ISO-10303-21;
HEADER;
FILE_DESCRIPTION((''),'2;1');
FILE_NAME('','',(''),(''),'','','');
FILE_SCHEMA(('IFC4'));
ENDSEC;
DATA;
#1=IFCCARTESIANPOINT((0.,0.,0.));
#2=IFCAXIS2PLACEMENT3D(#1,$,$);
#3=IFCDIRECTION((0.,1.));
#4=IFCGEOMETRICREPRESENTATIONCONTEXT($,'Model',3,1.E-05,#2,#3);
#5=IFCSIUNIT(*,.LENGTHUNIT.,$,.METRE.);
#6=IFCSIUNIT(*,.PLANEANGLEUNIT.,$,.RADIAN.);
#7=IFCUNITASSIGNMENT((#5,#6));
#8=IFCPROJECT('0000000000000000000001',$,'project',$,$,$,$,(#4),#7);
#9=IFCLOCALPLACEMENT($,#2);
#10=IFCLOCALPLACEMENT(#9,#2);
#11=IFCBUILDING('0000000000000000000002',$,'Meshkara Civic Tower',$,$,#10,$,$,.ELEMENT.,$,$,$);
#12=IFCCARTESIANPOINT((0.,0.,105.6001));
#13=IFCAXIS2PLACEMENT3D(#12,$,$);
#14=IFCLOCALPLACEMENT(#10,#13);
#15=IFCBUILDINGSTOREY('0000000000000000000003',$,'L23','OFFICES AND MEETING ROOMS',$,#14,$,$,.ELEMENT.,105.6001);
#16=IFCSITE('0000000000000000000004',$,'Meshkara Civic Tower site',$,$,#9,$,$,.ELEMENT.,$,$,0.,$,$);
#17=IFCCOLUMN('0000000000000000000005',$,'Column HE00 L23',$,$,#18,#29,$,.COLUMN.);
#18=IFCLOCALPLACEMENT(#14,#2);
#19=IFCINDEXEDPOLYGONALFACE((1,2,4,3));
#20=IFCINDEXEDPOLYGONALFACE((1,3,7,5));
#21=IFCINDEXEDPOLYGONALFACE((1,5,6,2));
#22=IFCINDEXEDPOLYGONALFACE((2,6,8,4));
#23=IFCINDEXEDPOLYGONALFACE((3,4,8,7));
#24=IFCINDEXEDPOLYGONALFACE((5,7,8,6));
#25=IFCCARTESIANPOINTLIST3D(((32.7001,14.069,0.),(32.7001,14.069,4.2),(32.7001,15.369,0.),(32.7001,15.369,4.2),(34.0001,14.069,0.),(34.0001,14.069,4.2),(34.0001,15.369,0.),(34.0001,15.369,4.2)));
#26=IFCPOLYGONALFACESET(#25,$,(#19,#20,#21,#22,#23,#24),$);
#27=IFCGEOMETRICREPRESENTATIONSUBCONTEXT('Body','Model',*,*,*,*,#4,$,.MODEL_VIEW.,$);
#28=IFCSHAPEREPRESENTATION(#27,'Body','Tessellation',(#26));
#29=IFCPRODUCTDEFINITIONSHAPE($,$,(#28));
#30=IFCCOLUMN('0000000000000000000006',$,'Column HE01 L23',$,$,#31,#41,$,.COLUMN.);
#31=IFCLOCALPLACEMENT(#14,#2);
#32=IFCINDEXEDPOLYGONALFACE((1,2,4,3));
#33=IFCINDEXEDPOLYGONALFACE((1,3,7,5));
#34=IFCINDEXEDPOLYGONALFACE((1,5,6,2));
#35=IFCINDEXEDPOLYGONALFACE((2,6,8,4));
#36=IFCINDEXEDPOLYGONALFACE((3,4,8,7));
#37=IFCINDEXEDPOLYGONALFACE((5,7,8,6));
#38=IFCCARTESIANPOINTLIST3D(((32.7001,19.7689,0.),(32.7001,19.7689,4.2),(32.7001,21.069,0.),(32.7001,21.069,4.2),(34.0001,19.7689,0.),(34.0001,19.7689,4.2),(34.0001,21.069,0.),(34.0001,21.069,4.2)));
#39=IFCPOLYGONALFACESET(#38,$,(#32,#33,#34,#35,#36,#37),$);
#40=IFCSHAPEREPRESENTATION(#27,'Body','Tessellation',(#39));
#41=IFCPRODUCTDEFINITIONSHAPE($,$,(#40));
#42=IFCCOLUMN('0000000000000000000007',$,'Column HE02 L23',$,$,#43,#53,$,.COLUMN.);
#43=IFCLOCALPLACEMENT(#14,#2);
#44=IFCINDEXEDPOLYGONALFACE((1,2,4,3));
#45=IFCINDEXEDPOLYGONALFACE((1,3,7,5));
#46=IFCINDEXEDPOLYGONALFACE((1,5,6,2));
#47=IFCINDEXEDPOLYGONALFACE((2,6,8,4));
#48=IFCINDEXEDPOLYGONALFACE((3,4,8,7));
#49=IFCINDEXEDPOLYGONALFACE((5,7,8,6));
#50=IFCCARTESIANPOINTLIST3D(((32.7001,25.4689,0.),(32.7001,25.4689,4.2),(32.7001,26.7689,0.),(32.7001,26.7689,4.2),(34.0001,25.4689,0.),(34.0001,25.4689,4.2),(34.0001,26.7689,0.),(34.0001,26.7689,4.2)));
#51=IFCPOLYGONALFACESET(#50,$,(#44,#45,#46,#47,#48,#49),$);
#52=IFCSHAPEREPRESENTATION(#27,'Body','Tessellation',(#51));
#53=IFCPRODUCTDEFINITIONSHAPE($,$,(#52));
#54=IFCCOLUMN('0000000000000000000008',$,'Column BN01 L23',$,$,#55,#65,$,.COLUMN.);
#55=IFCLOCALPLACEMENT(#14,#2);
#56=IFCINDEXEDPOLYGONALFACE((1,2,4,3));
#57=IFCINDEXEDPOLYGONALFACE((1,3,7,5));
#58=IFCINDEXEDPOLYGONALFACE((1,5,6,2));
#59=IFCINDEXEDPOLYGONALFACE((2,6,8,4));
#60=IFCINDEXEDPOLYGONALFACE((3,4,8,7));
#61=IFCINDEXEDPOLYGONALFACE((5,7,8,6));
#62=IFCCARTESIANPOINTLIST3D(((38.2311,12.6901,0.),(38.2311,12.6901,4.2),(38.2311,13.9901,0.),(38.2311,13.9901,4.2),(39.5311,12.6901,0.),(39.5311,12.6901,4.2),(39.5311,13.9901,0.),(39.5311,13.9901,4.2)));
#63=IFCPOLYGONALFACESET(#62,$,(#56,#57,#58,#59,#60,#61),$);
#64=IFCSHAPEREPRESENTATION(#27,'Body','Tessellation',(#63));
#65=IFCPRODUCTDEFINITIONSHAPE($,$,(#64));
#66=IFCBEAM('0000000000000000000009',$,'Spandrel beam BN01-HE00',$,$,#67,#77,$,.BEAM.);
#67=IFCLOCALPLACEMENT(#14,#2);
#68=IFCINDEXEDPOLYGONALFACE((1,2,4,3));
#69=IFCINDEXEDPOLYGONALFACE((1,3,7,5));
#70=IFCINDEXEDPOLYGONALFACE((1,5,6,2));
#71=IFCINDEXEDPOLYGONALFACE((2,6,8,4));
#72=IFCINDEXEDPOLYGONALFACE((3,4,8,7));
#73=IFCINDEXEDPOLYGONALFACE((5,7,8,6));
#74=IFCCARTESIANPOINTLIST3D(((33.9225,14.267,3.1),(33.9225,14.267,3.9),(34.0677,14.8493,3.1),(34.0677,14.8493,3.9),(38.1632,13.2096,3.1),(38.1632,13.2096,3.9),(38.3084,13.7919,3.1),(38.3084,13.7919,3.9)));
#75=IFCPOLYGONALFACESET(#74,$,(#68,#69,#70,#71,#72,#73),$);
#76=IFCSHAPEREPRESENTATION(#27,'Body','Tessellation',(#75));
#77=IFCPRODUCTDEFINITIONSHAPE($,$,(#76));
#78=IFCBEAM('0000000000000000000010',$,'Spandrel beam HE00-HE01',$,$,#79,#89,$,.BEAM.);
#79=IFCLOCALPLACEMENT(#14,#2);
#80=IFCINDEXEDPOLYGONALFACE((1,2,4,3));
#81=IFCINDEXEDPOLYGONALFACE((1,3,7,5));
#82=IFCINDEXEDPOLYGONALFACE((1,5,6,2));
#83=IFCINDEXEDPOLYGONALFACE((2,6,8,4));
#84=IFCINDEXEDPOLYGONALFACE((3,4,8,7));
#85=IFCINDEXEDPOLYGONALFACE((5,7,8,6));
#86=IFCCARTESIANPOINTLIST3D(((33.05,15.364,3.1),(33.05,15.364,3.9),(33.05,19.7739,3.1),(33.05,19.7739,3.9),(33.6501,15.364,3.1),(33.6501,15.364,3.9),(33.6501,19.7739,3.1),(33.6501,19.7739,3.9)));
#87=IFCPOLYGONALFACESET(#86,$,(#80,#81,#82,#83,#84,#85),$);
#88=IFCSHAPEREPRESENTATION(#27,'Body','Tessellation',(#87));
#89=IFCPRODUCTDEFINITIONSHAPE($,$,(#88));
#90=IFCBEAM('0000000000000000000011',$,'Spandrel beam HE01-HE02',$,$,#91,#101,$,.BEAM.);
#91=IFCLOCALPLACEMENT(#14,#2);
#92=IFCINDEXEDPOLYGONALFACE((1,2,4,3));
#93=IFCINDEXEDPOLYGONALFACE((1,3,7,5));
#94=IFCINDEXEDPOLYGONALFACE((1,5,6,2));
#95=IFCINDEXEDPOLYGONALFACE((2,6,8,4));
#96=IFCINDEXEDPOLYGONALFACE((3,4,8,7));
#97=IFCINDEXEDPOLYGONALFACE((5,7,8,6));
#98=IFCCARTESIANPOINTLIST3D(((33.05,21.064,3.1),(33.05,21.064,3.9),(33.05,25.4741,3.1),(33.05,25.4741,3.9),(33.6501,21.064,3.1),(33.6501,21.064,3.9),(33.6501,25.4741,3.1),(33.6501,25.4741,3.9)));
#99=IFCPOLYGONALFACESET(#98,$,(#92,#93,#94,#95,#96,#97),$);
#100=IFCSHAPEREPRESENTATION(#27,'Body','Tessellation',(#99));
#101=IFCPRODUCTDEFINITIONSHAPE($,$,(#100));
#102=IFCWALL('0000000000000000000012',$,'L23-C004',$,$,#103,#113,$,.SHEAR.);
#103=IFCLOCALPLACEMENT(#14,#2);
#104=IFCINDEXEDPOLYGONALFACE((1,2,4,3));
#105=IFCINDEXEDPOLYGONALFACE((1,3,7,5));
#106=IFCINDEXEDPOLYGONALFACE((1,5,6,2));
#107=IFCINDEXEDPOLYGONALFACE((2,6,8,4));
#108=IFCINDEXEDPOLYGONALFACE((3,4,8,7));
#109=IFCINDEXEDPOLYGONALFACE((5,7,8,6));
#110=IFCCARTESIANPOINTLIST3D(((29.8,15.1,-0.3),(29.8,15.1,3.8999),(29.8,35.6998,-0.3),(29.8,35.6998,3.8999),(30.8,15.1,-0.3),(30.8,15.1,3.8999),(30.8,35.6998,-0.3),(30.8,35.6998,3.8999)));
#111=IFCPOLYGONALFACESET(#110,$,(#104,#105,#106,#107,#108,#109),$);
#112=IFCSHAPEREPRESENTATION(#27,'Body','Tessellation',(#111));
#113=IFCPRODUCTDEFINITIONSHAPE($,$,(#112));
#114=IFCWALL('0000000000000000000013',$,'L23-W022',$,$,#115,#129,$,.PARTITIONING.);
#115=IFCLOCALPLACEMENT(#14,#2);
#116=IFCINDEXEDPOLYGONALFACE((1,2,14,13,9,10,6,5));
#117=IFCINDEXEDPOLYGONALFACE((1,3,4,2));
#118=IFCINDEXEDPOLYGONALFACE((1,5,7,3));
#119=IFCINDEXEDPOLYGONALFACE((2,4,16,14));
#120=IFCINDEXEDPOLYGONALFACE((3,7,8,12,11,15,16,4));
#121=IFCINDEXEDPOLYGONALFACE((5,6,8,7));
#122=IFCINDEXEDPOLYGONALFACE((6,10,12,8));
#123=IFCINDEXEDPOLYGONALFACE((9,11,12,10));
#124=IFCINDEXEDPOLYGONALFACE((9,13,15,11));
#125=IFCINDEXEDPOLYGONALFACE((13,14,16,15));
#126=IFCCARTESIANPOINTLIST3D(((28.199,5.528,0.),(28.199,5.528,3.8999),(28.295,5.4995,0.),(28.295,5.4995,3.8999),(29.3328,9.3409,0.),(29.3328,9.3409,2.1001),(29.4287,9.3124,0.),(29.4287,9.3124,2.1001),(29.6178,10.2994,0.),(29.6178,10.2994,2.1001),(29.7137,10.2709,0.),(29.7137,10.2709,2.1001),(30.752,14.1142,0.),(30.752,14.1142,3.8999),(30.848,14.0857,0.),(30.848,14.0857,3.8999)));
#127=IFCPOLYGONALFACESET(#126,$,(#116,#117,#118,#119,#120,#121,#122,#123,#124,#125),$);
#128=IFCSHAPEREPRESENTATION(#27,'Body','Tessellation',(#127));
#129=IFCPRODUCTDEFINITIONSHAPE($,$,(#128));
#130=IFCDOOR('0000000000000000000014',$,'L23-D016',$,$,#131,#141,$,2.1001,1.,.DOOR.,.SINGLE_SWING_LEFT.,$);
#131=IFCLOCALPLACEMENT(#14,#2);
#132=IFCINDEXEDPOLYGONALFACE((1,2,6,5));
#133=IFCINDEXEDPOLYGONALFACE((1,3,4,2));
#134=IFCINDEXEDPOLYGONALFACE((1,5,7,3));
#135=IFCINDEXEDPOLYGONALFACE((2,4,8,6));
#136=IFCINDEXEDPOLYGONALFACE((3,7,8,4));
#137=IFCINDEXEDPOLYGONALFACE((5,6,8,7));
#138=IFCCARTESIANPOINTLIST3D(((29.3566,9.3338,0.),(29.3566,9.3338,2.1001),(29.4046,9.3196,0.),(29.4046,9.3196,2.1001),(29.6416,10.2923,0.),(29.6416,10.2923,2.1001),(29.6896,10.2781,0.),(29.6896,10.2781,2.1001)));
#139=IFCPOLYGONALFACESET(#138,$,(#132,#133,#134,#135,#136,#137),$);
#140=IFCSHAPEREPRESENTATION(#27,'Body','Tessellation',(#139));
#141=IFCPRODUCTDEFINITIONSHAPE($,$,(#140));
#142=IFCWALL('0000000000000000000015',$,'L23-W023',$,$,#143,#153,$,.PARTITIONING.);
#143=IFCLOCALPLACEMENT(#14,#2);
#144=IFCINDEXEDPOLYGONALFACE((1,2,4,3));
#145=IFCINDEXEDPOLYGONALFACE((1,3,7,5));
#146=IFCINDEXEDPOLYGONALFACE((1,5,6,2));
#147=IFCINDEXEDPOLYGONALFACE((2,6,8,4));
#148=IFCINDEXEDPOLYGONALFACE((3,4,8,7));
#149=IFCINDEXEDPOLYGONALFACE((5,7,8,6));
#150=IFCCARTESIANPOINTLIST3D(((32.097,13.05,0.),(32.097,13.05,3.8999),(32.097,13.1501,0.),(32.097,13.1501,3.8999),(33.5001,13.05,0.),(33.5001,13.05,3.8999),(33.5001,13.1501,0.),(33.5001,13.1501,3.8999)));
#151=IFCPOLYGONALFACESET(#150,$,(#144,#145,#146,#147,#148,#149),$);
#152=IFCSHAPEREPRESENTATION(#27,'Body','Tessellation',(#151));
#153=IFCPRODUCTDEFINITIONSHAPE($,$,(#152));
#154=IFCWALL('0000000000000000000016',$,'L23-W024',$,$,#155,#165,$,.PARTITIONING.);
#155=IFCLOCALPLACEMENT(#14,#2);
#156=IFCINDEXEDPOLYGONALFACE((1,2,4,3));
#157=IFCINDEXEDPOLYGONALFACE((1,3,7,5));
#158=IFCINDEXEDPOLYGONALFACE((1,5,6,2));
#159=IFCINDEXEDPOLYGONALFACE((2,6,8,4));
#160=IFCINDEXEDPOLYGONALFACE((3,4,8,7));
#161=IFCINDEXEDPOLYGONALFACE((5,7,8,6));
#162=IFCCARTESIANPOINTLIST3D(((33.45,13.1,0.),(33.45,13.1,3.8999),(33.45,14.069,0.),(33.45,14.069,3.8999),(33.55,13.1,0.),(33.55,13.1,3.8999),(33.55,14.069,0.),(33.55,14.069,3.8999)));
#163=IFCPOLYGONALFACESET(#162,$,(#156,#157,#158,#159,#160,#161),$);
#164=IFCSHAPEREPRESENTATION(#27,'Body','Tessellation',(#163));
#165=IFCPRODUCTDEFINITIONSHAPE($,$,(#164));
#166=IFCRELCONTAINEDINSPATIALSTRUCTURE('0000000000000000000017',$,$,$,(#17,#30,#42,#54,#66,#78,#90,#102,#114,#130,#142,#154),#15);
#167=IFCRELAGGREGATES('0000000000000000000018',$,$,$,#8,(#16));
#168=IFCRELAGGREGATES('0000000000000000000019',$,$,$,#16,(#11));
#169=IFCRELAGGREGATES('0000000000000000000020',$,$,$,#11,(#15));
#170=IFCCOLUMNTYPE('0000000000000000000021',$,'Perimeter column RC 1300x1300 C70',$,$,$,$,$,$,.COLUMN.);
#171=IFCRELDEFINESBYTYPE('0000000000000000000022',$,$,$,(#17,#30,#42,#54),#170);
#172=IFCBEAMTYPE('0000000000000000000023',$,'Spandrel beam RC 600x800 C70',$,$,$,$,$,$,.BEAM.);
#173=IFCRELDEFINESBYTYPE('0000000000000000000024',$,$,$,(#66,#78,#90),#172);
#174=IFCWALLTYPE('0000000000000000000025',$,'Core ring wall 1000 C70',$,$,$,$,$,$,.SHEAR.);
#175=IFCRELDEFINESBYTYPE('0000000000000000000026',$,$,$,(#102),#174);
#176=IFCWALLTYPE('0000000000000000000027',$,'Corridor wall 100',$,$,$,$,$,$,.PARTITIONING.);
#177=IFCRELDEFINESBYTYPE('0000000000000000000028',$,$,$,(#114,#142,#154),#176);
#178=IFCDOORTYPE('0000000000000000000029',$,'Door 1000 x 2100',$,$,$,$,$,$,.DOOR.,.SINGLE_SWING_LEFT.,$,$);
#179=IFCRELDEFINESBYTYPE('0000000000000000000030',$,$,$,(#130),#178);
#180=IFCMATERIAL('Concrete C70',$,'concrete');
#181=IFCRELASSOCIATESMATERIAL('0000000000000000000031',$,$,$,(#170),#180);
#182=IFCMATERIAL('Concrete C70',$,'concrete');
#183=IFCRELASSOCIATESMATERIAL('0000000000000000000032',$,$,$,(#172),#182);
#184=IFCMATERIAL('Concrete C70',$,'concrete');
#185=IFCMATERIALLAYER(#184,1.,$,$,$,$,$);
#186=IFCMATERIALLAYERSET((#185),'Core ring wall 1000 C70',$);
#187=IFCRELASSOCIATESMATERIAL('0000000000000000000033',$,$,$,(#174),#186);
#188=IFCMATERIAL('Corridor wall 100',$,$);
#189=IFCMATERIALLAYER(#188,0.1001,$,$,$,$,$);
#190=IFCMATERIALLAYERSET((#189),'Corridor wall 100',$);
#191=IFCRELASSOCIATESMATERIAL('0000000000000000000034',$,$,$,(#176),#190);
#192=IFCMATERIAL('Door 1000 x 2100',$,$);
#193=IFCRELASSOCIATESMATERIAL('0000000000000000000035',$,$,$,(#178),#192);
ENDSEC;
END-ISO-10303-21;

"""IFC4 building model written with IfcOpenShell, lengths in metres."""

from ifc_helpers import new_model, si_unit, direction, frame, frame_2d, origin, origin_2d, place, context, subcontext, project, spatial, rectangle, extrude, material, layer, layer_set, material_profile, profile_set, type_object, element, fill, save


model = new_model("IFC4")

# Units and contexts
model_context = context("Model", 3, precision=1e-05, world=origin(), true_north=direction((0.0, 1.0)))
body_context = subcontext(model_context, "Body", "Model", "MODEL_VIEW")
ifc_project = project(units=[si_unit("LENGTHUNIT", "METRE"), si_unit("PLANEANGLEUNIT", "RADIAN")], contexts=[model_context])

# Site, building, storey
site_placement = place(None, origin())
site = spatial("IfcSite", under=ifc_project, at=site_placement, Name="Meshkara Civic Tower site", CompositionType="ELEMENT", RefElevation=0.0)
building_placement = place(site_placement, origin())
building = spatial("IfcBuilding", under=site, at=building_placement, Name="Meshkara Civic Tower", CompositionType="ELEMENT")
storey_placement = place(building_placement, frame((0.0, 0.0, 105.6001)))
storey = spatial("IfcBuildingStorey", under=building, at=storey_placement, Name="L23", Description="OFFICES AND MEETING ROOMS", CompositionType="ELEMENT", Elevation=105.6001)

# Columns
ifc_material_1 = material(Name="Concrete C70", Category="concrete")
ifc_material_profile_1 = material_profile(ifc_material_1, rectangle(XDim=1.3, YDim=1.3, at=origin_2d()))
ifc_profile_set_1 = profile_set([ifc_material_profile_1], Name="Concrete C70")
column_type = type_object("IfcColumnType", Name="Perimeter column RC 1300x1300 C70", PredefinedType="COLUMN", material=ifc_profile_set_1)
for number, where, z_axis, x_axis, name in (
    (1, (33.3501, 14.719, 0.0), (0.0, 0.0, 1.0), (1.0, 0.0, 0.0), "Column HE00 L23"),
    (2, (33.3501, 20.4189, 0.0), (0.0, 0.0, 1.0), (1.0, 0.0, 0.0), "Column HE01 L23"),
    (3, (33.3501, 26.1189, 0.0), (0.0, 0.0, 1.0), (1.0, 0.0, 0.0), "Column HE02 L23"),
    (4, (38.8811, 13.3401, 0.0), (0.0, 0.0, 1.0), (1.0, 0.0, 0.0), "Column BN01 L23"),
):
    element("IfcColumn", number, at=place(storey_placement, frame(where, z_axis=z_axis, x_axis=x_axis)), inside=storey, type_object=column_type, Name=name, PredefinedType="COLUMN", context=body_context, shape_type="SweptSolid", body=[
        extrude(rectangle(XDim=1.3, YDim=1.3, at=origin_2d()), origin(), (0.0, 0.0, 1.0), 4.2),
    ])

# Beams
ifc_material_2 = material(Name="Concrete C70", Category="concrete")
ifc_material_profile_2 = material_profile(ifc_material_2, rectangle(XDim=0.6001, YDim=0.8, at=origin_2d()))
ifc_profile_set_2 = profile_set([ifc_material_profile_2], Name="Concrete C70")
beam_type = type_object("IfcBeamType", Name="Spandrel beam RC 600x800 C70", PredefinedType="BEAM", material=ifc_profile_set_2)
beam_1_placement = place(storey_placement, frame((38.2358, 13.5007, 3.5), z_axis=(-0.970293, 0.241931, 0.0), x_axis=(-0.241931, -0.970293, 0.0)))
element("IfcBeam", 5, at=beam_1_placement, inside=storey, type_object=beam_type, Name="Spandrel beam BN01-HE00", PredefinedType="BEAM", context=body_context, shape_type="SweptSolid", body=[
    extrude(rectangle(XDim=0.6001, YDim=0.8, at=origin_2d()), origin(), (0.0, 0.0, 1.0), 4.3706),
])
beam_2_placement = place(storey_placement, frame((33.3501, 15.364, 3.5), z_axis=(0.0, 1.0, 0.0), x_axis=(-1.0, 0.0, 0.0)))
element("IfcBeam", 6, at=beam_2_placement, inside=storey, type_object=beam_type, Name="Spandrel beam HE00-HE01", PredefinedType="BEAM", context=body_context, shape_type="SweptSolid", body=[
    extrude(rectangle(XDim=0.6001, YDim=0.8, at=origin_2d()), origin(), (0.0, 0.0, 1.0), 4.4099),
])
beam_3_placement = place(storey_placement, frame((33.3501, 21.064, 3.5), z_axis=(0.0, 1.0, 0.0), x_axis=(-1.0, 0.0, 0.0)))
element("IfcBeam", 7, at=beam_3_placement, inside=storey, type_object=beam_type, Name="Spandrel beam HE01-HE02", PredefinedType="BEAM", context=body_context, shape_type="SweptSolid", body=[
    extrude(rectangle(XDim=0.6001, YDim=0.8, at=origin_2d()), origin(), (0.0, 0.0, 1.0), 4.4102),
])

# Wall
ifc_material_3 = material(Name="Concrete C70", Category="concrete")
ifc_layer_1 = layer(ifc_material_3, 1.0)
ifc_layer_set_1 = layer_set([ifc_layer_1], Name="Core ring wall 1000 C70")
wall_type_1 = type_object("IfcWallType", Name="Core ring wall 1000 C70", PredefinedType="SHEAR", material=ifc_layer_set_1)
wall_1_placement = place(storey_placement, frame((30.3, 15.1001, -0.3), z_axis=(0.0, 0.0, 1.0), x_axis=(0.0, 1.0, 0.0)))
element("IfcWall", 8, at=wall_1_placement, inside=storey, type_object=wall_type_1, Name="L23-C004", PredefinedType="SHEAR", context=body_context, shape_type="SweptSolid", body=[
    extrude(rectangle(XDim=20.5999, YDim=1.0, at=frame_2d((10.2998, 0.0))), origin(), (0.0, 0.0, 1.0), 4.2),
])

# Wall, opening, door
ifc_material_4 = material(Name="Corridor wall 100")
ifc_layer_2 = layer(ifc_material_4, 0.1001)
ifc_layer_set_2 = layer_set([ifc_layer_2], Name="Corridor wall 100")
wall_type_2 = type_object("IfcWallType", Name="Corridor wall 100", PredefinedType="PARTITIONING", material=ifc_layer_set_2)
wall_2_placement = place(storey_placement, frame((30.8, 14.1001, 0.0), z_axis=(0.0, 0.0, 1.0), x_axis=(-0.285004, -0.958526, 0.0)))
wall_2 = element("IfcWall", 9, at=wall_2_placement, inside=storey, type_object=wall_type_2, Name="L23-W022", PredefinedType="PARTITIONING", context=body_context, shape_type="SweptSolid", body=[
    extrude(rectangle(XDim=8.9578, YDim=0.1001, at=frame_2d((4.479, 0.0))), origin(), (0.0, 0.0, 1.0), 3.8999),
])
opening_1_placement = place(wall_2_placement, frame((3.98, 0.0, 0.0)))
opening_1 = element("IfcOpeningElement", 10, at=opening_1_placement, cuts=wall_2, PredefinedType="OPENING", context=body_context, shape_type="SweptSolid", body=[
    extrude(rectangle(XDim=1.0, YDim=2.1001, at=frame_2d((0.5, 1.05))), frame((0.0, 0.0601, 0.0), z_axis=(0.0, -1.0, 0.0), x_axis=(1.0, 0.0, 0.0)), (0.0, 0.0, 1.0), 0.1201),
])
ifc_material_5 = material(Name="Door 1000 x 2100")
door_type_1 = type_object("IfcDoorType", Name="Door 1000 x 2100", OperationType="SINGLE_SWING_LEFT", PredefinedType="DOOR", material=ifc_material_5)
door_1_placement = place(opening_1_placement, origin())
door_1 = element("IfcDoor", 11, at=door_1_placement, inside=storey, type_object=door_type_1, Name="L23-D016", OperationType="SINGLE_SWING_LEFT", OverallHeight=2.1001, OverallWidth=1.0, PredefinedType="DOOR", context=body_context, shape_type="SweptSolid", body=[
    extrude(rectangle(XDim=1.0, YDim=2.1001, at=frame_2d((0.5, 1.05))), frame((0.0, 0.0249, 0.0), z_axis=(0.0, -1.0, 0.0), x_axis=(1.0, 0.0, 0.0)), (0.0, 0.0, 1.0), 0.05),
])
fill(opening_1, door_1)

# Walls
wall_3_placement = place(storey_placement, frame((32.0969, 13.1001, 0.0), z_axis=(0.0, 0.0, 1.0), x_axis=(1.0, 0.0, 0.0)))
element("IfcWall", 12, at=wall_3_placement, inside=storey, type_object=wall_type_2, Name="L23-W023", PredefinedType="PARTITIONING", context=body_context, shape_type="SweptSolid", body=[
    extrude(rectangle(XDim=1.4031, YDim=0.1001, at=frame_2d((0.7017, 0.0))), origin(), (0.0, 0.0, 1.0), 3.8999),
])
wall_4_placement = place(storey_placement, frame((33.5, 13.1001, 0.0), z_axis=(0.0, 0.0, 1.0), x_axis=(0.0, 1.0, 0.0)))
element("IfcWall", 13, at=wall_4_placement, inside=storey, type_object=wall_type_2, Name="L23-W024", PredefinedType="PARTITIONING", context=body_context, shape_type="SweptSolid", body=[
    extrude(rectangle(XDim=0.969, YDim=0.1001, at=frame_2d((0.4844, 0.0))), origin(), (0.0, 0.0, 1.0), 3.8999),
])

save(model, "model.ifc")
